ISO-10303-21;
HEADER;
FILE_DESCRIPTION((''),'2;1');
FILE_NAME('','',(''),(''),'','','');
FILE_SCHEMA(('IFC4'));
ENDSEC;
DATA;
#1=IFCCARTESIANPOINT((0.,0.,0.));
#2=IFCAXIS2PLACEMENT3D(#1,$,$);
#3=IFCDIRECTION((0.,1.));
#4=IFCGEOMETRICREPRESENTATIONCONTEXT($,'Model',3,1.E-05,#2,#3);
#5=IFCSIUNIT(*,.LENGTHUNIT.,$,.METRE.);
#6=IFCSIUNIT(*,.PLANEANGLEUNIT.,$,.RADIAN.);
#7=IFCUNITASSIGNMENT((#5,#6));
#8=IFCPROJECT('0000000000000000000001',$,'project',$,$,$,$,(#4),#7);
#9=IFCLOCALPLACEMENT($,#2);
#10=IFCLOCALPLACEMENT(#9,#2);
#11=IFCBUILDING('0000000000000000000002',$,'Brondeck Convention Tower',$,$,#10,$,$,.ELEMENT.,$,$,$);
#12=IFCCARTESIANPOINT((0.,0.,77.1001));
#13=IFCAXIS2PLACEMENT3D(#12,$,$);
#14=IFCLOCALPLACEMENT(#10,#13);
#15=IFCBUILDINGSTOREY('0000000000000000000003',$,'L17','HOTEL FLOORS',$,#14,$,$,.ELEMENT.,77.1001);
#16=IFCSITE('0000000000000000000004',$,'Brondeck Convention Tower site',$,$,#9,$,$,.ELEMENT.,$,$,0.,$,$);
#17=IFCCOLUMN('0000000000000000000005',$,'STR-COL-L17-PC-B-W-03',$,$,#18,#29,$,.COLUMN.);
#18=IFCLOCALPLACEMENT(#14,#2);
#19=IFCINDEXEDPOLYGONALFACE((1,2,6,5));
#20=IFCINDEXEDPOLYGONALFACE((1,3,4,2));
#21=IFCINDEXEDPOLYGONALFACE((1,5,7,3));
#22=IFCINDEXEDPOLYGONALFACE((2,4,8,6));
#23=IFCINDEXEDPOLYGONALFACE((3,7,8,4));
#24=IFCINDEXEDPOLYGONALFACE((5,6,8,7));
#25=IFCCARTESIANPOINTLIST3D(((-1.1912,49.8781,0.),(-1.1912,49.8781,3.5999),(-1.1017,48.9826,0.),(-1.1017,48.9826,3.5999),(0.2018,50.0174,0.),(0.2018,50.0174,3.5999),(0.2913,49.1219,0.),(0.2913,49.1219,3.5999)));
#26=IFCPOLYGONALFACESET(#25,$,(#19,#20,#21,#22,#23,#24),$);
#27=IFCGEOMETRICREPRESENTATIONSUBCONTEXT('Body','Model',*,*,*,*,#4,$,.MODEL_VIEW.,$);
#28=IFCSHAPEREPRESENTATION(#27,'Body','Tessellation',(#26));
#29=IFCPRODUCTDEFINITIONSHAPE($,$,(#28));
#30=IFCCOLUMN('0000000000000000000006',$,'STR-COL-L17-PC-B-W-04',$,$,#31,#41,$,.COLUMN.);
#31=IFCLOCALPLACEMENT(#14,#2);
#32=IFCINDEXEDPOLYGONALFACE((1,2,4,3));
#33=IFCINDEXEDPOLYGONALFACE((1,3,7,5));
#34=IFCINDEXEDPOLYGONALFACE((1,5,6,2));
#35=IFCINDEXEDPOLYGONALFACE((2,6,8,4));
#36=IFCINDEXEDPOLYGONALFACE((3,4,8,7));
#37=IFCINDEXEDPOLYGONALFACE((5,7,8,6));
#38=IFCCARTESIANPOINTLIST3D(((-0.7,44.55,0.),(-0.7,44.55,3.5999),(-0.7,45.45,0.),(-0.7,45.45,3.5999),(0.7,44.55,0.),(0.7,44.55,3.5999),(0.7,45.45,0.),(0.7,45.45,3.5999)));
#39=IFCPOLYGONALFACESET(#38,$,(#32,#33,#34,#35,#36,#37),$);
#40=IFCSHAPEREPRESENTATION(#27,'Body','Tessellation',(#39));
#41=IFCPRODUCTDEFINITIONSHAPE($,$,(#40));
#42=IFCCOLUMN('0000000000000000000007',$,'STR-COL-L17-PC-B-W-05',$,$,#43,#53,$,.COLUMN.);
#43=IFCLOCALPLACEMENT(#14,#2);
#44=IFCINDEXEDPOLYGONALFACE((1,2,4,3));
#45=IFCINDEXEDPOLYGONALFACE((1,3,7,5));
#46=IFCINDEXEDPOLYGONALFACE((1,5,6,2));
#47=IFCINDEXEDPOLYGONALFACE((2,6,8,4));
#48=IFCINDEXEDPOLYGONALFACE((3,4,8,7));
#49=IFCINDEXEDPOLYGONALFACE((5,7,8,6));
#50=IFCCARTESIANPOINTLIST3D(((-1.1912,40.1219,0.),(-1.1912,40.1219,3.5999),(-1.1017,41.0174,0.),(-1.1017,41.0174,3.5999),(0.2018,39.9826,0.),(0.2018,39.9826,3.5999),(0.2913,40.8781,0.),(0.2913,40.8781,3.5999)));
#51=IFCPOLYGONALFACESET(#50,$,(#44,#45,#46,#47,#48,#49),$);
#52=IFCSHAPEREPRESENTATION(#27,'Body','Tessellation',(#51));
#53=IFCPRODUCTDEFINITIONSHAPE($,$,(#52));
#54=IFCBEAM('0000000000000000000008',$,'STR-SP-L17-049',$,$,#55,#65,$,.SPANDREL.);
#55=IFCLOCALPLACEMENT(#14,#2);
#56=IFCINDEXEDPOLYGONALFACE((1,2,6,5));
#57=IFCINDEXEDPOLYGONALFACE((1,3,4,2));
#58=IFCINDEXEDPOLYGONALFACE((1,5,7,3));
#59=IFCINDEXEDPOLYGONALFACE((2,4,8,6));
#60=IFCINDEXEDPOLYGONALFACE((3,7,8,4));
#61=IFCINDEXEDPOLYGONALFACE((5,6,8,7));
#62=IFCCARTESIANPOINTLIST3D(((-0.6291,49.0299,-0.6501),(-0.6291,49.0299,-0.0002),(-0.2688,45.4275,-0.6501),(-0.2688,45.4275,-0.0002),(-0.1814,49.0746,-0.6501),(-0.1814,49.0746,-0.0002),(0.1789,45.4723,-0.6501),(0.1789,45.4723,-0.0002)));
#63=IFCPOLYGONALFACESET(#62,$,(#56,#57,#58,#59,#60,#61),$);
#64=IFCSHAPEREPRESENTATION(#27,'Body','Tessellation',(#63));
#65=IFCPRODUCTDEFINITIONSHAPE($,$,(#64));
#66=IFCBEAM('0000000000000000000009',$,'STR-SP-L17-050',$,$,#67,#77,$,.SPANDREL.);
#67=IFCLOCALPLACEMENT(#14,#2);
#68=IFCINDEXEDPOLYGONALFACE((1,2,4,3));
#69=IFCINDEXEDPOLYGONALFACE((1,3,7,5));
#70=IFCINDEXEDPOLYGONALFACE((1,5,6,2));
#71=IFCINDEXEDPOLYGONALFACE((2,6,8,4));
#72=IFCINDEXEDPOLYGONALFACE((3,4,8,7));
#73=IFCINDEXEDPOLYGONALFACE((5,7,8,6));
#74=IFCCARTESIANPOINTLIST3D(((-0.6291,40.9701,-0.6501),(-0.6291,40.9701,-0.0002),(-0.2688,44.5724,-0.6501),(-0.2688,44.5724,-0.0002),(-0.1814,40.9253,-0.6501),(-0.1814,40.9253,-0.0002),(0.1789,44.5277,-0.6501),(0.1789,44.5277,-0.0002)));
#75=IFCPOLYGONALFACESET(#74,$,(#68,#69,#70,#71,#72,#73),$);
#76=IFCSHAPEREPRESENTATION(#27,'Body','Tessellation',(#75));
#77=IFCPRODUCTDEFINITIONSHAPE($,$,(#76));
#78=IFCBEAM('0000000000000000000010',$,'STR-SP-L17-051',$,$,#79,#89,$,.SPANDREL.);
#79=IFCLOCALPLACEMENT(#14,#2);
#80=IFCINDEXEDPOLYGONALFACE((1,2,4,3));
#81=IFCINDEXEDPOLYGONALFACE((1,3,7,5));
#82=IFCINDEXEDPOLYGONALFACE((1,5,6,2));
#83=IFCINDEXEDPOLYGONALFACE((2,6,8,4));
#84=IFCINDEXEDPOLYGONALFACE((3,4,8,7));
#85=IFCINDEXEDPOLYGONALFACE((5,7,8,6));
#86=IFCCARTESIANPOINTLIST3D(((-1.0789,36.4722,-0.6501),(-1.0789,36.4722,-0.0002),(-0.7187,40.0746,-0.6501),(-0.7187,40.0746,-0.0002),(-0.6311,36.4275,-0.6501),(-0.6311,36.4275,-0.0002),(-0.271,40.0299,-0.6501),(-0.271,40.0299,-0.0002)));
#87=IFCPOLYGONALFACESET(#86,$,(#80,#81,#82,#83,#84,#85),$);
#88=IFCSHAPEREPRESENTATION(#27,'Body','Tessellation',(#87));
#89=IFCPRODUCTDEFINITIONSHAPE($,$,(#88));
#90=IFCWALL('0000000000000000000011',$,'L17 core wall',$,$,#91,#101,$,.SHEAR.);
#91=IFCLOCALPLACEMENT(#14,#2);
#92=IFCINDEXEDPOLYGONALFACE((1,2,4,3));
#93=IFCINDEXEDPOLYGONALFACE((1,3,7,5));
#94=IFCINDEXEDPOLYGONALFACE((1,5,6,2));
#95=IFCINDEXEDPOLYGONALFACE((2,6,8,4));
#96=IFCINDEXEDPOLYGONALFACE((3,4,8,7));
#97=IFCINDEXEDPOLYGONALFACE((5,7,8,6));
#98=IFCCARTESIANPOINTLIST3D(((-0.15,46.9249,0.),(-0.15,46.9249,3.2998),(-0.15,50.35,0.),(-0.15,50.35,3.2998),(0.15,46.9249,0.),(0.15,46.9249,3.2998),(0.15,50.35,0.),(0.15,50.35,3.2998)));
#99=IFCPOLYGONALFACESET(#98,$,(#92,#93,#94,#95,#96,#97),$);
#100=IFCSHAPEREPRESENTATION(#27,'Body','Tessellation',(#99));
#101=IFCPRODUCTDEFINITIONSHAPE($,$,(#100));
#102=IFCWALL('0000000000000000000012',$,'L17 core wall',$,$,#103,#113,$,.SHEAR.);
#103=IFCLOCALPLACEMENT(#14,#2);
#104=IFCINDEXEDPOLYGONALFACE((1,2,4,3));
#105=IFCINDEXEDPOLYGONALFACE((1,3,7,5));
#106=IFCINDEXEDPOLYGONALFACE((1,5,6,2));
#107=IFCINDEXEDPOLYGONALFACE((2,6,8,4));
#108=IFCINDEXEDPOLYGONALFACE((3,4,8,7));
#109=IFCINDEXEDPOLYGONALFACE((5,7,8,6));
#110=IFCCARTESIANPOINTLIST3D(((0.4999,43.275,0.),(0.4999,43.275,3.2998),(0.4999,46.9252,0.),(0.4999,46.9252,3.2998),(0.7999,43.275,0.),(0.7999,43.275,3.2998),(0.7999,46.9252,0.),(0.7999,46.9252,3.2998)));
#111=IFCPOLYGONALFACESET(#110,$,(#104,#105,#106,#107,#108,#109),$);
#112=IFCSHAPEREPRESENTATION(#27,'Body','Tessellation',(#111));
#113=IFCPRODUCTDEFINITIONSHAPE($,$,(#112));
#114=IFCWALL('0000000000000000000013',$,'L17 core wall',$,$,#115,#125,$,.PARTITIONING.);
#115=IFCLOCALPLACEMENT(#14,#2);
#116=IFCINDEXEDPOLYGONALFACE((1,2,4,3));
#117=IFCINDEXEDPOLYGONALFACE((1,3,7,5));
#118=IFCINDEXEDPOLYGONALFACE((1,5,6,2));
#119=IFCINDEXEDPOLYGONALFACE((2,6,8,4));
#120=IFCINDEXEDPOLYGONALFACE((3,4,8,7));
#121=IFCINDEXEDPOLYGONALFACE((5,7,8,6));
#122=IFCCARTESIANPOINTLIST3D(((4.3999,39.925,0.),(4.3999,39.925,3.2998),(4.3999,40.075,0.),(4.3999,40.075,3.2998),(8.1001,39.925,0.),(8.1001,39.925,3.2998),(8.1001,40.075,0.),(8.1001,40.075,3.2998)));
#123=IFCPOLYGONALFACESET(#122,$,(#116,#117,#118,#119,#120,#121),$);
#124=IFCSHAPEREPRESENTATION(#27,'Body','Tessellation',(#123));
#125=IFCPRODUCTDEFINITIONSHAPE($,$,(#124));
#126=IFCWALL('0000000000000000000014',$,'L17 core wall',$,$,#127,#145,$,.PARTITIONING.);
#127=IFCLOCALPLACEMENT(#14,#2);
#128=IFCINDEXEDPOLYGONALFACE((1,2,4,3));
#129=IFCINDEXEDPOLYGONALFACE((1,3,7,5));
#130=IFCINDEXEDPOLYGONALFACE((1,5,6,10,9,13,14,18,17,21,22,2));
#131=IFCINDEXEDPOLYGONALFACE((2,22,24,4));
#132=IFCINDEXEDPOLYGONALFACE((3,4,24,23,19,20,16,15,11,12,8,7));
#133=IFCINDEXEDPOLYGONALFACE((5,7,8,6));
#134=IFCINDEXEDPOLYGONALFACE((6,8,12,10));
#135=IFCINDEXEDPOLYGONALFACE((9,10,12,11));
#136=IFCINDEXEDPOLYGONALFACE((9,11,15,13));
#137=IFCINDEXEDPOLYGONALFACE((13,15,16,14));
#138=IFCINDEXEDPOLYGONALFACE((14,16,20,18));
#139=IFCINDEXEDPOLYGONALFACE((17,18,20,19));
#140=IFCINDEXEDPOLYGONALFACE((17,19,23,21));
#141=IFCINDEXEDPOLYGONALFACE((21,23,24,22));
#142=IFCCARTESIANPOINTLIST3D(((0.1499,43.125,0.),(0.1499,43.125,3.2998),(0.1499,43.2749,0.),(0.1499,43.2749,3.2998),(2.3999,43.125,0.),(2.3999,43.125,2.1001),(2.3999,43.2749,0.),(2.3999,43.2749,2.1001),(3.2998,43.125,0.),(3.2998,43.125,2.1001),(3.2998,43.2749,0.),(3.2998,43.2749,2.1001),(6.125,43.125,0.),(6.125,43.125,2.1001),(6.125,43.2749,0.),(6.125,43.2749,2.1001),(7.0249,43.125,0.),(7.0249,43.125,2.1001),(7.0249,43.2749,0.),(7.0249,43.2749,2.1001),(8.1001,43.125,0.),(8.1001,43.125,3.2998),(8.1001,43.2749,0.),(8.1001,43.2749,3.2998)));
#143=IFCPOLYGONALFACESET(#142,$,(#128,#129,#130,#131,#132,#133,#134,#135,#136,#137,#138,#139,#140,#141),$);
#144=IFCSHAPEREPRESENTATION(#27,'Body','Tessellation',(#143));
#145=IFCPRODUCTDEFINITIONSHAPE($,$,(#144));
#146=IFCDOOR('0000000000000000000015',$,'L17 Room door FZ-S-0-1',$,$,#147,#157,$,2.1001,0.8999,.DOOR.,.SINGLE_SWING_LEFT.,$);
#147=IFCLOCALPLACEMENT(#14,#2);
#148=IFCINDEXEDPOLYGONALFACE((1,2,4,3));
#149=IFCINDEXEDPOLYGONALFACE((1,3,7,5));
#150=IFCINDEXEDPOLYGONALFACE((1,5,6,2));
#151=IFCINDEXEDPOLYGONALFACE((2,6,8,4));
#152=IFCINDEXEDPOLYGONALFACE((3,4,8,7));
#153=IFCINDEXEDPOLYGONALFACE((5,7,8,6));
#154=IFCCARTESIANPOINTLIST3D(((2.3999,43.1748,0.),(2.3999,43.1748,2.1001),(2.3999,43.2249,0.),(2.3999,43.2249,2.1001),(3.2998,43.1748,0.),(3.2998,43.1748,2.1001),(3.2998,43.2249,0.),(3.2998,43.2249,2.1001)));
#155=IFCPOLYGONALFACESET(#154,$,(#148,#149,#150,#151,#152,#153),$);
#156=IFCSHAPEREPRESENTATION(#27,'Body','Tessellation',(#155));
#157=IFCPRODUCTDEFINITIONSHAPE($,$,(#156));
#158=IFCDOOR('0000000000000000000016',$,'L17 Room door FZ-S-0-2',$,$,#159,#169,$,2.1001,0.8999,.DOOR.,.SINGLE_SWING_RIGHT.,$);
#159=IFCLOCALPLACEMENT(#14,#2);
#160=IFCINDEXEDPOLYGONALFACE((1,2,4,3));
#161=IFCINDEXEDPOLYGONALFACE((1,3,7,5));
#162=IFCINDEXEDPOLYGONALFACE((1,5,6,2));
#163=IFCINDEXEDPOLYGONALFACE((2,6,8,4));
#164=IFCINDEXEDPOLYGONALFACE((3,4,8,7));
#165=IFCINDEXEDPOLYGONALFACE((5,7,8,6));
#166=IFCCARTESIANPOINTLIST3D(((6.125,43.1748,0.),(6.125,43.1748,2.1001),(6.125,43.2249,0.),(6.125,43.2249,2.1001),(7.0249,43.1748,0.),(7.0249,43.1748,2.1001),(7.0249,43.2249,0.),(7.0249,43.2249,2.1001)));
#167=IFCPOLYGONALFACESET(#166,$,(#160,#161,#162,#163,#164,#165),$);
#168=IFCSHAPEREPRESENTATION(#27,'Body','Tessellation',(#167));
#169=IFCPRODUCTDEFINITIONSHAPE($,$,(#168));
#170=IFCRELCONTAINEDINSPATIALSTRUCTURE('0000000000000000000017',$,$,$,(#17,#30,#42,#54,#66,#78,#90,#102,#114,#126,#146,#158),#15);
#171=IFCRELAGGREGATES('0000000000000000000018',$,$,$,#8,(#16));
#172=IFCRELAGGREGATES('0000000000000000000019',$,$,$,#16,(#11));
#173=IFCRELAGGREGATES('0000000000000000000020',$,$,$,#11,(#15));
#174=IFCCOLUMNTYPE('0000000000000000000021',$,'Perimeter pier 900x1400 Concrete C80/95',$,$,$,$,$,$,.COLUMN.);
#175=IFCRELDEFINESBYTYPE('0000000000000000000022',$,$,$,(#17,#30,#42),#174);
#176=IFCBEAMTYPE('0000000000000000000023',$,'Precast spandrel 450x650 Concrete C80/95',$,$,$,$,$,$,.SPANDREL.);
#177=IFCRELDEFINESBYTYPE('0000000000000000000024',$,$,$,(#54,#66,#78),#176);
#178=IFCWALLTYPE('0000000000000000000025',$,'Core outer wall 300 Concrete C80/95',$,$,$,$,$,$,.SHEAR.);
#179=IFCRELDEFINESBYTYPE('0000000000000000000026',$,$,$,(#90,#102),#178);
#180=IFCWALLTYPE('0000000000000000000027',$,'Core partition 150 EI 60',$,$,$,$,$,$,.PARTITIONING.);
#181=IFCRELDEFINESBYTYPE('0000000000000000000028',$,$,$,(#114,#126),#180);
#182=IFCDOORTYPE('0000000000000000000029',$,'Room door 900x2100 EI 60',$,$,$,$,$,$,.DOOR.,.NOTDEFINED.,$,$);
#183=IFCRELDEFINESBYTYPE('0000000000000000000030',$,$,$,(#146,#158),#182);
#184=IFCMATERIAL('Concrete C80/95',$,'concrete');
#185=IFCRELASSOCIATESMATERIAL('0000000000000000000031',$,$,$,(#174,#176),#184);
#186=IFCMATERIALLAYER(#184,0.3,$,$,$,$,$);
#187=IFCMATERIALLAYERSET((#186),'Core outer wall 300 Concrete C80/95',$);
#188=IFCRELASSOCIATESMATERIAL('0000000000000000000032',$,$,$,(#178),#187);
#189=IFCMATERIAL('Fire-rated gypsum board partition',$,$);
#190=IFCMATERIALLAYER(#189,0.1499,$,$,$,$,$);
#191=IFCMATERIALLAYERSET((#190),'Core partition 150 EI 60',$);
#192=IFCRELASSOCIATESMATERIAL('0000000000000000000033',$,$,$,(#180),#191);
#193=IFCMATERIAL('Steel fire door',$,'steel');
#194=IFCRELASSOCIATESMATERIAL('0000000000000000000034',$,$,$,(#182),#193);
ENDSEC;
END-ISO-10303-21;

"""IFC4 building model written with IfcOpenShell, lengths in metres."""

from ifc_helpers import new_model, si_unit, direction, frame, frame_2d, origin, origin_2d, place, context, subcontext, project, spatial, rectangle, extrude, material, layer, layer_set, material_profile, profile_set, type_object, element, fill, save


model = new_model("IFC4")

# Units and contexts
model_context = context("Model", 3, precision=1e-05, world=origin(), true_north=direction((0.0, 1.0)))
body_context = subcontext(model_context, "Body", "Model", "MODEL_VIEW")
ifc_project = project(units=[si_unit("LENGTHUNIT", "METRE"), si_unit("PLANEANGLEUNIT", "RADIAN")], contexts=[model_context])

# Site, building, storey
site_placement = place(None, origin())
site = spatial("IfcSite", under=ifc_project, at=site_placement, Name="Brondeck Convention Tower site", CompositionType="ELEMENT", RefElevation=0.0)
building_placement = place(site_placement, origin())
building = spatial("IfcBuilding", under=site, at=building_placement, Name="Brondeck Convention Tower", CompositionType="ELEMENT")
storey_placement = place(building_placement, frame((0.0, 0.0, 77.1001)))
storey = spatial("IfcBuildingStorey", under=building, at=storey_placement, Name="L17", Description="HOTEL FLOORS", CompositionType="ELEMENT", Elevation=77.1001)

# Columns
ifc_material_1 = material(Name="Concrete C80/95", Category="concrete")
ifc_material_profile_1 = material_profile(ifc_material_1, rectangle(XDim=0.8999, YDim=1.3999, at=origin_2d()), Name="Perimeter pier 900x1400 Concrete C80/95")
ifc_profile_set_1 = profile_set([ifc_material_profile_1], Name="Concrete C80/95")
column_type = type_object("IfcColumnType", Name="Perimeter pier 900x1400 Concrete C80/95", PredefinedType="COLUMN", material=ifc_profile_set_1)
for number, where, z_axis, x_axis, name in (
    (1, (-0.45, 49.5, 0.0), (0.0, 0.0, 1.0), (0.099504, -0.995037, 0.0), "STR-COL-L17-PC-B-W-03"),
    (2, (0.0, 45.0, 0.0), (0.0, 0.0, 1.0), (0.0, -1.0, 0.0), "STR-COL-L17-PC-B-W-04"),
    (3, (-0.45, 40.5, 0.0), (0.0, 0.0, 1.0), (-0.099504, -0.995037, 0.0), "STR-COL-L17-PC-B-W-05"),
):
    element("IfcColumn", number, at=place(storey_placement, frame(where, z_axis=z_axis, x_axis=x_axis)), inside=storey, type_object=column_type, Name=name, PredefinedType="COLUMN", context=body_context, shape_type="SweptSolid", body=[
        extrude(rectangle(XDim=0.8999, YDim=1.3999, at=origin_2d()), origin(), (0.0, 0.0, 1.0), 3.5999),
    ])

# Beams
ifc_material_profile_2 = material_profile(ifc_material_1, rectangle(XDim=0.45, YDim=0.6499, at=origin_2d()), Name="Precast spandrel 450x650 Concrete C80/95")
ifc_profile_set_2 = profile_set([ifc_material_profile_2], Name="Concrete C80/95")
beam_type = type_object("IfcBeamType", Name="Precast spandrel 450x650 Concrete C80/95", PredefinedType="SPANDREL", material=ifc_profile_set_2)
for number, where, z_axis, x_axis, name in (
    (4, (-0.4053, 49.0522, -0.3252), (0.099537, -0.995034, 0.0), (0.995034, 0.099537, 0.0), "STR-SP-L17-049"),
    (5, (-0.0449, 44.55, -0.3252), (-0.099537, -0.995034, 0.0), (0.995034, -0.099537, 0.0), "STR-SP-L17-050"),
    (6, (-0.4949, 40.0522, -0.3252), (-0.09947, -0.995041, 0.0), (0.995041, -0.09947, 0.0), "STR-SP-L17-051"),
):
    element("IfcBeam", number, at=place(storey_placement, frame(where, z_axis=z_axis, x_axis=x_axis)), inside=storey, type_object=beam_type, Name=name, PredefinedType="SPANDREL", context=body_context, shape_type="SweptSolid", body=[
        extrude(rectangle(XDim=0.45, YDim=0.6499, at=origin_2d()), origin(), (0.0, 0.0, 1.0), 3.6204),
    ])

# Walls
ifc_layer_1 = layer(ifc_material_1, 0.3)
ifc_layer_set_1 = layer_set([ifc_layer_1], Name="Core outer wall 300 Concrete C80/95")
wall_type_1 = type_object("IfcWallType", Name="Core outer wall 300 Concrete C80/95", PredefinedType="SHEAR", material=ifc_layer_set_1)
wall_1_placement = place(storey_placement, frame((0.0, 46.925, 0.0), z_axis=(0.0, 0.0, 1.0), x_axis=(0.0, 1.0, 0.0)))
element("IfcWall", 7, at=wall_1_placement, inside=storey, type_object=wall_type_1, Name="L17 core wall", PredefinedType="SHEAR", context=body_context, shape_type="SweptSolid", body=[
    extrude(rectangle(XDim=3.425, YDim=0.3, at=frame_2d((1.7124, 0.0))), origin(), (0.0, 0.0, 1.0), 3.2998),
])
wall_2_placement = place(storey_placement, frame((0.6499, 43.2749, 0.0), z_axis=(0.0, 0.0, 1.0), x_axis=(0.0, 1.0, 0.0)))
element("IfcWall", 8, at=wall_2_placement, inside=storey, type_object=wall_type_1, Name="L17 core wall", PredefinedType="SHEAR", context=body_context, shape_type="SweptSolid", body=[
    extrude(rectangle(XDim=3.6501, YDim=0.3, at=frame_2d((1.8252, 0.0))), origin(), (0.0, 0.0, 1.0), 3.2998),
])
ifc_material_2 = material(Name="Fire-rated gypsum board partition")
ifc_layer_2 = layer(ifc_material_2, 0.1499)
ifc_layer_set_2 = layer_set([ifc_layer_2], Name="Core partition 150 EI 60")
wall_type_2 = type_object("IfcWallType", Name="Core partition 150 EI 60", PredefinedType="PARTITIONING", material=ifc_layer_set_2)
wall_3_placement = place(storey_placement, frame((4.3999, 40.0, 0.0), z_axis=(0.0, 0.0, 1.0), x_axis=(1.0, 0.0, 0.0)))
element("IfcWall", 9, at=wall_3_placement, inside=storey, type_object=wall_type_2, Name="L17 core wall", PredefinedType="PARTITIONING", context=body_context, shape_type="SweptSolid", body=[
    extrude(rectangle(XDim=3.7002, YDim=0.1499, at=frame_2d((1.8501, 0.0))), origin(), (0.0, 0.0, 1.0), 3.2998),
])

# Wall, openings, doors
wall_4_placement = place(storey_placement, frame((0.1499, 43.2, 0.0), z_axis=(0.0, 0.0, 1.0), x_axis=(1.0, 0.0, 0.0)))
wall_4 = element("IfcWall", 10, at=wall_4_placement, inside=storey, type_object=wall_type_2, Name="L17 core wall", PredefinedType="PARTITIONING", context=body_context, shape_type="SweptSolid", body=[
    extrude(rectangle(XDim=7.9502, YDim=0.1499, at=frame_2d((3.9751, 0.0))), origin(), (0.0, 0.0, 1.0), 3.2998),
])
opening_1_placement = place(wall_4_placement, frame((2.25, 0.0, 0.0)))
opening_1 = element("IfcOpeningElement", 11, at=opening_1_placement, cuts=wall_4, PredefinedType="OPENING", context=body_context, shape_type="SweptSolid", body=[
    extrude(rectangle(XDim=0.8999, YDim=2.1001, at=frame_2d((0.45, 1.05))), frame((0.0, 0.085, 0.0), z_axis=(0.0, -1.0, 0.0), x_axis=(1.0, 0.0, 0.0)), (0.0, 0.0, 1.0), 0.1699),
])
opening_2_placement = place(wall_4_placement, frame((5.9751, 0.0, 0.0)))
opening_2 = element("IfcOpeningElement", 12, at=opening_2_placement, cuts=wall_4, PredefinedType="OPENING", context=body_context, shape_type="SweptSolid", body=[
    extrude(rectangle(XDim=0.8999, YDim=2.1001, at=frame_2d((0.45, 1.05))), frame((0.0, 0.085, 0.0), z_axis=(0.0, -1.0, 0.0), x_axis=(1.0, 0.0, 0.0)), (0.0, 0.0, 1.0), 0.1699),
])
ifc_material_3 = material(Name="Steel fire door", Category="steel")
door_type = type_object("IfcDoorType", Name="Room door 900x2100 EI 60", OperationType="NOTDEFINED", PredefinedType="DOOR", material=ifc_material_3)
door_1_placement = place(opening_1_placement, origin())
door_1 = element("IfcDoor", 13, at=door_1_placement, inside=storey, type_object=door_type, Name="L17 Room door FZ-S-0-1", OperationType="SINGLE_SWING_LEFT", OverallHeight=2.1001, OverallWidth=0.8999, PredefinedType="DOOR", context=body_context, shape_type="SweptSolid", body=[
    extrude(rectangle(XDim=0.8999, YDim=2.1001, at=frame_2d((0.45, 1.05))), frame((0.0, 0.0249, 0.0), z_axis=(0.0, -1.0, 0.0), x_axis=(1.0, 0.0, 0.0)), (0.0, 0.0, 1.0), 0.05),
])
fill(opening_1, door_1)
door_2_placement = place(opening_2_placement, origin())
door_2 = element("IfcDoor", 14, at=door_2_placement, inside=storey, type_object=door_type, Name="L17 Room door FZ-S-0-2", OperationType="SINGLE_SWING_RIGHT", OverallHeight=2.1001, OverallWidth=0.8999, PredefinedType="DOOR", context=body_context, shape_type="SweptSolid", body=[
    extrude(rectangle(XDim=0.8999, YDim=2.1001, at=frame_2d((0.45, 1.05))), frame((0.0, 0.0249, 0.0), z_axis=(0.0, -1.0, 0.0), x_axis=(1.0, 0.0, 0.0)), (0.0, 0.0, 1.0), 0.05),
])
fill(opening_2, door_2)

save(model, "model.ifc")
